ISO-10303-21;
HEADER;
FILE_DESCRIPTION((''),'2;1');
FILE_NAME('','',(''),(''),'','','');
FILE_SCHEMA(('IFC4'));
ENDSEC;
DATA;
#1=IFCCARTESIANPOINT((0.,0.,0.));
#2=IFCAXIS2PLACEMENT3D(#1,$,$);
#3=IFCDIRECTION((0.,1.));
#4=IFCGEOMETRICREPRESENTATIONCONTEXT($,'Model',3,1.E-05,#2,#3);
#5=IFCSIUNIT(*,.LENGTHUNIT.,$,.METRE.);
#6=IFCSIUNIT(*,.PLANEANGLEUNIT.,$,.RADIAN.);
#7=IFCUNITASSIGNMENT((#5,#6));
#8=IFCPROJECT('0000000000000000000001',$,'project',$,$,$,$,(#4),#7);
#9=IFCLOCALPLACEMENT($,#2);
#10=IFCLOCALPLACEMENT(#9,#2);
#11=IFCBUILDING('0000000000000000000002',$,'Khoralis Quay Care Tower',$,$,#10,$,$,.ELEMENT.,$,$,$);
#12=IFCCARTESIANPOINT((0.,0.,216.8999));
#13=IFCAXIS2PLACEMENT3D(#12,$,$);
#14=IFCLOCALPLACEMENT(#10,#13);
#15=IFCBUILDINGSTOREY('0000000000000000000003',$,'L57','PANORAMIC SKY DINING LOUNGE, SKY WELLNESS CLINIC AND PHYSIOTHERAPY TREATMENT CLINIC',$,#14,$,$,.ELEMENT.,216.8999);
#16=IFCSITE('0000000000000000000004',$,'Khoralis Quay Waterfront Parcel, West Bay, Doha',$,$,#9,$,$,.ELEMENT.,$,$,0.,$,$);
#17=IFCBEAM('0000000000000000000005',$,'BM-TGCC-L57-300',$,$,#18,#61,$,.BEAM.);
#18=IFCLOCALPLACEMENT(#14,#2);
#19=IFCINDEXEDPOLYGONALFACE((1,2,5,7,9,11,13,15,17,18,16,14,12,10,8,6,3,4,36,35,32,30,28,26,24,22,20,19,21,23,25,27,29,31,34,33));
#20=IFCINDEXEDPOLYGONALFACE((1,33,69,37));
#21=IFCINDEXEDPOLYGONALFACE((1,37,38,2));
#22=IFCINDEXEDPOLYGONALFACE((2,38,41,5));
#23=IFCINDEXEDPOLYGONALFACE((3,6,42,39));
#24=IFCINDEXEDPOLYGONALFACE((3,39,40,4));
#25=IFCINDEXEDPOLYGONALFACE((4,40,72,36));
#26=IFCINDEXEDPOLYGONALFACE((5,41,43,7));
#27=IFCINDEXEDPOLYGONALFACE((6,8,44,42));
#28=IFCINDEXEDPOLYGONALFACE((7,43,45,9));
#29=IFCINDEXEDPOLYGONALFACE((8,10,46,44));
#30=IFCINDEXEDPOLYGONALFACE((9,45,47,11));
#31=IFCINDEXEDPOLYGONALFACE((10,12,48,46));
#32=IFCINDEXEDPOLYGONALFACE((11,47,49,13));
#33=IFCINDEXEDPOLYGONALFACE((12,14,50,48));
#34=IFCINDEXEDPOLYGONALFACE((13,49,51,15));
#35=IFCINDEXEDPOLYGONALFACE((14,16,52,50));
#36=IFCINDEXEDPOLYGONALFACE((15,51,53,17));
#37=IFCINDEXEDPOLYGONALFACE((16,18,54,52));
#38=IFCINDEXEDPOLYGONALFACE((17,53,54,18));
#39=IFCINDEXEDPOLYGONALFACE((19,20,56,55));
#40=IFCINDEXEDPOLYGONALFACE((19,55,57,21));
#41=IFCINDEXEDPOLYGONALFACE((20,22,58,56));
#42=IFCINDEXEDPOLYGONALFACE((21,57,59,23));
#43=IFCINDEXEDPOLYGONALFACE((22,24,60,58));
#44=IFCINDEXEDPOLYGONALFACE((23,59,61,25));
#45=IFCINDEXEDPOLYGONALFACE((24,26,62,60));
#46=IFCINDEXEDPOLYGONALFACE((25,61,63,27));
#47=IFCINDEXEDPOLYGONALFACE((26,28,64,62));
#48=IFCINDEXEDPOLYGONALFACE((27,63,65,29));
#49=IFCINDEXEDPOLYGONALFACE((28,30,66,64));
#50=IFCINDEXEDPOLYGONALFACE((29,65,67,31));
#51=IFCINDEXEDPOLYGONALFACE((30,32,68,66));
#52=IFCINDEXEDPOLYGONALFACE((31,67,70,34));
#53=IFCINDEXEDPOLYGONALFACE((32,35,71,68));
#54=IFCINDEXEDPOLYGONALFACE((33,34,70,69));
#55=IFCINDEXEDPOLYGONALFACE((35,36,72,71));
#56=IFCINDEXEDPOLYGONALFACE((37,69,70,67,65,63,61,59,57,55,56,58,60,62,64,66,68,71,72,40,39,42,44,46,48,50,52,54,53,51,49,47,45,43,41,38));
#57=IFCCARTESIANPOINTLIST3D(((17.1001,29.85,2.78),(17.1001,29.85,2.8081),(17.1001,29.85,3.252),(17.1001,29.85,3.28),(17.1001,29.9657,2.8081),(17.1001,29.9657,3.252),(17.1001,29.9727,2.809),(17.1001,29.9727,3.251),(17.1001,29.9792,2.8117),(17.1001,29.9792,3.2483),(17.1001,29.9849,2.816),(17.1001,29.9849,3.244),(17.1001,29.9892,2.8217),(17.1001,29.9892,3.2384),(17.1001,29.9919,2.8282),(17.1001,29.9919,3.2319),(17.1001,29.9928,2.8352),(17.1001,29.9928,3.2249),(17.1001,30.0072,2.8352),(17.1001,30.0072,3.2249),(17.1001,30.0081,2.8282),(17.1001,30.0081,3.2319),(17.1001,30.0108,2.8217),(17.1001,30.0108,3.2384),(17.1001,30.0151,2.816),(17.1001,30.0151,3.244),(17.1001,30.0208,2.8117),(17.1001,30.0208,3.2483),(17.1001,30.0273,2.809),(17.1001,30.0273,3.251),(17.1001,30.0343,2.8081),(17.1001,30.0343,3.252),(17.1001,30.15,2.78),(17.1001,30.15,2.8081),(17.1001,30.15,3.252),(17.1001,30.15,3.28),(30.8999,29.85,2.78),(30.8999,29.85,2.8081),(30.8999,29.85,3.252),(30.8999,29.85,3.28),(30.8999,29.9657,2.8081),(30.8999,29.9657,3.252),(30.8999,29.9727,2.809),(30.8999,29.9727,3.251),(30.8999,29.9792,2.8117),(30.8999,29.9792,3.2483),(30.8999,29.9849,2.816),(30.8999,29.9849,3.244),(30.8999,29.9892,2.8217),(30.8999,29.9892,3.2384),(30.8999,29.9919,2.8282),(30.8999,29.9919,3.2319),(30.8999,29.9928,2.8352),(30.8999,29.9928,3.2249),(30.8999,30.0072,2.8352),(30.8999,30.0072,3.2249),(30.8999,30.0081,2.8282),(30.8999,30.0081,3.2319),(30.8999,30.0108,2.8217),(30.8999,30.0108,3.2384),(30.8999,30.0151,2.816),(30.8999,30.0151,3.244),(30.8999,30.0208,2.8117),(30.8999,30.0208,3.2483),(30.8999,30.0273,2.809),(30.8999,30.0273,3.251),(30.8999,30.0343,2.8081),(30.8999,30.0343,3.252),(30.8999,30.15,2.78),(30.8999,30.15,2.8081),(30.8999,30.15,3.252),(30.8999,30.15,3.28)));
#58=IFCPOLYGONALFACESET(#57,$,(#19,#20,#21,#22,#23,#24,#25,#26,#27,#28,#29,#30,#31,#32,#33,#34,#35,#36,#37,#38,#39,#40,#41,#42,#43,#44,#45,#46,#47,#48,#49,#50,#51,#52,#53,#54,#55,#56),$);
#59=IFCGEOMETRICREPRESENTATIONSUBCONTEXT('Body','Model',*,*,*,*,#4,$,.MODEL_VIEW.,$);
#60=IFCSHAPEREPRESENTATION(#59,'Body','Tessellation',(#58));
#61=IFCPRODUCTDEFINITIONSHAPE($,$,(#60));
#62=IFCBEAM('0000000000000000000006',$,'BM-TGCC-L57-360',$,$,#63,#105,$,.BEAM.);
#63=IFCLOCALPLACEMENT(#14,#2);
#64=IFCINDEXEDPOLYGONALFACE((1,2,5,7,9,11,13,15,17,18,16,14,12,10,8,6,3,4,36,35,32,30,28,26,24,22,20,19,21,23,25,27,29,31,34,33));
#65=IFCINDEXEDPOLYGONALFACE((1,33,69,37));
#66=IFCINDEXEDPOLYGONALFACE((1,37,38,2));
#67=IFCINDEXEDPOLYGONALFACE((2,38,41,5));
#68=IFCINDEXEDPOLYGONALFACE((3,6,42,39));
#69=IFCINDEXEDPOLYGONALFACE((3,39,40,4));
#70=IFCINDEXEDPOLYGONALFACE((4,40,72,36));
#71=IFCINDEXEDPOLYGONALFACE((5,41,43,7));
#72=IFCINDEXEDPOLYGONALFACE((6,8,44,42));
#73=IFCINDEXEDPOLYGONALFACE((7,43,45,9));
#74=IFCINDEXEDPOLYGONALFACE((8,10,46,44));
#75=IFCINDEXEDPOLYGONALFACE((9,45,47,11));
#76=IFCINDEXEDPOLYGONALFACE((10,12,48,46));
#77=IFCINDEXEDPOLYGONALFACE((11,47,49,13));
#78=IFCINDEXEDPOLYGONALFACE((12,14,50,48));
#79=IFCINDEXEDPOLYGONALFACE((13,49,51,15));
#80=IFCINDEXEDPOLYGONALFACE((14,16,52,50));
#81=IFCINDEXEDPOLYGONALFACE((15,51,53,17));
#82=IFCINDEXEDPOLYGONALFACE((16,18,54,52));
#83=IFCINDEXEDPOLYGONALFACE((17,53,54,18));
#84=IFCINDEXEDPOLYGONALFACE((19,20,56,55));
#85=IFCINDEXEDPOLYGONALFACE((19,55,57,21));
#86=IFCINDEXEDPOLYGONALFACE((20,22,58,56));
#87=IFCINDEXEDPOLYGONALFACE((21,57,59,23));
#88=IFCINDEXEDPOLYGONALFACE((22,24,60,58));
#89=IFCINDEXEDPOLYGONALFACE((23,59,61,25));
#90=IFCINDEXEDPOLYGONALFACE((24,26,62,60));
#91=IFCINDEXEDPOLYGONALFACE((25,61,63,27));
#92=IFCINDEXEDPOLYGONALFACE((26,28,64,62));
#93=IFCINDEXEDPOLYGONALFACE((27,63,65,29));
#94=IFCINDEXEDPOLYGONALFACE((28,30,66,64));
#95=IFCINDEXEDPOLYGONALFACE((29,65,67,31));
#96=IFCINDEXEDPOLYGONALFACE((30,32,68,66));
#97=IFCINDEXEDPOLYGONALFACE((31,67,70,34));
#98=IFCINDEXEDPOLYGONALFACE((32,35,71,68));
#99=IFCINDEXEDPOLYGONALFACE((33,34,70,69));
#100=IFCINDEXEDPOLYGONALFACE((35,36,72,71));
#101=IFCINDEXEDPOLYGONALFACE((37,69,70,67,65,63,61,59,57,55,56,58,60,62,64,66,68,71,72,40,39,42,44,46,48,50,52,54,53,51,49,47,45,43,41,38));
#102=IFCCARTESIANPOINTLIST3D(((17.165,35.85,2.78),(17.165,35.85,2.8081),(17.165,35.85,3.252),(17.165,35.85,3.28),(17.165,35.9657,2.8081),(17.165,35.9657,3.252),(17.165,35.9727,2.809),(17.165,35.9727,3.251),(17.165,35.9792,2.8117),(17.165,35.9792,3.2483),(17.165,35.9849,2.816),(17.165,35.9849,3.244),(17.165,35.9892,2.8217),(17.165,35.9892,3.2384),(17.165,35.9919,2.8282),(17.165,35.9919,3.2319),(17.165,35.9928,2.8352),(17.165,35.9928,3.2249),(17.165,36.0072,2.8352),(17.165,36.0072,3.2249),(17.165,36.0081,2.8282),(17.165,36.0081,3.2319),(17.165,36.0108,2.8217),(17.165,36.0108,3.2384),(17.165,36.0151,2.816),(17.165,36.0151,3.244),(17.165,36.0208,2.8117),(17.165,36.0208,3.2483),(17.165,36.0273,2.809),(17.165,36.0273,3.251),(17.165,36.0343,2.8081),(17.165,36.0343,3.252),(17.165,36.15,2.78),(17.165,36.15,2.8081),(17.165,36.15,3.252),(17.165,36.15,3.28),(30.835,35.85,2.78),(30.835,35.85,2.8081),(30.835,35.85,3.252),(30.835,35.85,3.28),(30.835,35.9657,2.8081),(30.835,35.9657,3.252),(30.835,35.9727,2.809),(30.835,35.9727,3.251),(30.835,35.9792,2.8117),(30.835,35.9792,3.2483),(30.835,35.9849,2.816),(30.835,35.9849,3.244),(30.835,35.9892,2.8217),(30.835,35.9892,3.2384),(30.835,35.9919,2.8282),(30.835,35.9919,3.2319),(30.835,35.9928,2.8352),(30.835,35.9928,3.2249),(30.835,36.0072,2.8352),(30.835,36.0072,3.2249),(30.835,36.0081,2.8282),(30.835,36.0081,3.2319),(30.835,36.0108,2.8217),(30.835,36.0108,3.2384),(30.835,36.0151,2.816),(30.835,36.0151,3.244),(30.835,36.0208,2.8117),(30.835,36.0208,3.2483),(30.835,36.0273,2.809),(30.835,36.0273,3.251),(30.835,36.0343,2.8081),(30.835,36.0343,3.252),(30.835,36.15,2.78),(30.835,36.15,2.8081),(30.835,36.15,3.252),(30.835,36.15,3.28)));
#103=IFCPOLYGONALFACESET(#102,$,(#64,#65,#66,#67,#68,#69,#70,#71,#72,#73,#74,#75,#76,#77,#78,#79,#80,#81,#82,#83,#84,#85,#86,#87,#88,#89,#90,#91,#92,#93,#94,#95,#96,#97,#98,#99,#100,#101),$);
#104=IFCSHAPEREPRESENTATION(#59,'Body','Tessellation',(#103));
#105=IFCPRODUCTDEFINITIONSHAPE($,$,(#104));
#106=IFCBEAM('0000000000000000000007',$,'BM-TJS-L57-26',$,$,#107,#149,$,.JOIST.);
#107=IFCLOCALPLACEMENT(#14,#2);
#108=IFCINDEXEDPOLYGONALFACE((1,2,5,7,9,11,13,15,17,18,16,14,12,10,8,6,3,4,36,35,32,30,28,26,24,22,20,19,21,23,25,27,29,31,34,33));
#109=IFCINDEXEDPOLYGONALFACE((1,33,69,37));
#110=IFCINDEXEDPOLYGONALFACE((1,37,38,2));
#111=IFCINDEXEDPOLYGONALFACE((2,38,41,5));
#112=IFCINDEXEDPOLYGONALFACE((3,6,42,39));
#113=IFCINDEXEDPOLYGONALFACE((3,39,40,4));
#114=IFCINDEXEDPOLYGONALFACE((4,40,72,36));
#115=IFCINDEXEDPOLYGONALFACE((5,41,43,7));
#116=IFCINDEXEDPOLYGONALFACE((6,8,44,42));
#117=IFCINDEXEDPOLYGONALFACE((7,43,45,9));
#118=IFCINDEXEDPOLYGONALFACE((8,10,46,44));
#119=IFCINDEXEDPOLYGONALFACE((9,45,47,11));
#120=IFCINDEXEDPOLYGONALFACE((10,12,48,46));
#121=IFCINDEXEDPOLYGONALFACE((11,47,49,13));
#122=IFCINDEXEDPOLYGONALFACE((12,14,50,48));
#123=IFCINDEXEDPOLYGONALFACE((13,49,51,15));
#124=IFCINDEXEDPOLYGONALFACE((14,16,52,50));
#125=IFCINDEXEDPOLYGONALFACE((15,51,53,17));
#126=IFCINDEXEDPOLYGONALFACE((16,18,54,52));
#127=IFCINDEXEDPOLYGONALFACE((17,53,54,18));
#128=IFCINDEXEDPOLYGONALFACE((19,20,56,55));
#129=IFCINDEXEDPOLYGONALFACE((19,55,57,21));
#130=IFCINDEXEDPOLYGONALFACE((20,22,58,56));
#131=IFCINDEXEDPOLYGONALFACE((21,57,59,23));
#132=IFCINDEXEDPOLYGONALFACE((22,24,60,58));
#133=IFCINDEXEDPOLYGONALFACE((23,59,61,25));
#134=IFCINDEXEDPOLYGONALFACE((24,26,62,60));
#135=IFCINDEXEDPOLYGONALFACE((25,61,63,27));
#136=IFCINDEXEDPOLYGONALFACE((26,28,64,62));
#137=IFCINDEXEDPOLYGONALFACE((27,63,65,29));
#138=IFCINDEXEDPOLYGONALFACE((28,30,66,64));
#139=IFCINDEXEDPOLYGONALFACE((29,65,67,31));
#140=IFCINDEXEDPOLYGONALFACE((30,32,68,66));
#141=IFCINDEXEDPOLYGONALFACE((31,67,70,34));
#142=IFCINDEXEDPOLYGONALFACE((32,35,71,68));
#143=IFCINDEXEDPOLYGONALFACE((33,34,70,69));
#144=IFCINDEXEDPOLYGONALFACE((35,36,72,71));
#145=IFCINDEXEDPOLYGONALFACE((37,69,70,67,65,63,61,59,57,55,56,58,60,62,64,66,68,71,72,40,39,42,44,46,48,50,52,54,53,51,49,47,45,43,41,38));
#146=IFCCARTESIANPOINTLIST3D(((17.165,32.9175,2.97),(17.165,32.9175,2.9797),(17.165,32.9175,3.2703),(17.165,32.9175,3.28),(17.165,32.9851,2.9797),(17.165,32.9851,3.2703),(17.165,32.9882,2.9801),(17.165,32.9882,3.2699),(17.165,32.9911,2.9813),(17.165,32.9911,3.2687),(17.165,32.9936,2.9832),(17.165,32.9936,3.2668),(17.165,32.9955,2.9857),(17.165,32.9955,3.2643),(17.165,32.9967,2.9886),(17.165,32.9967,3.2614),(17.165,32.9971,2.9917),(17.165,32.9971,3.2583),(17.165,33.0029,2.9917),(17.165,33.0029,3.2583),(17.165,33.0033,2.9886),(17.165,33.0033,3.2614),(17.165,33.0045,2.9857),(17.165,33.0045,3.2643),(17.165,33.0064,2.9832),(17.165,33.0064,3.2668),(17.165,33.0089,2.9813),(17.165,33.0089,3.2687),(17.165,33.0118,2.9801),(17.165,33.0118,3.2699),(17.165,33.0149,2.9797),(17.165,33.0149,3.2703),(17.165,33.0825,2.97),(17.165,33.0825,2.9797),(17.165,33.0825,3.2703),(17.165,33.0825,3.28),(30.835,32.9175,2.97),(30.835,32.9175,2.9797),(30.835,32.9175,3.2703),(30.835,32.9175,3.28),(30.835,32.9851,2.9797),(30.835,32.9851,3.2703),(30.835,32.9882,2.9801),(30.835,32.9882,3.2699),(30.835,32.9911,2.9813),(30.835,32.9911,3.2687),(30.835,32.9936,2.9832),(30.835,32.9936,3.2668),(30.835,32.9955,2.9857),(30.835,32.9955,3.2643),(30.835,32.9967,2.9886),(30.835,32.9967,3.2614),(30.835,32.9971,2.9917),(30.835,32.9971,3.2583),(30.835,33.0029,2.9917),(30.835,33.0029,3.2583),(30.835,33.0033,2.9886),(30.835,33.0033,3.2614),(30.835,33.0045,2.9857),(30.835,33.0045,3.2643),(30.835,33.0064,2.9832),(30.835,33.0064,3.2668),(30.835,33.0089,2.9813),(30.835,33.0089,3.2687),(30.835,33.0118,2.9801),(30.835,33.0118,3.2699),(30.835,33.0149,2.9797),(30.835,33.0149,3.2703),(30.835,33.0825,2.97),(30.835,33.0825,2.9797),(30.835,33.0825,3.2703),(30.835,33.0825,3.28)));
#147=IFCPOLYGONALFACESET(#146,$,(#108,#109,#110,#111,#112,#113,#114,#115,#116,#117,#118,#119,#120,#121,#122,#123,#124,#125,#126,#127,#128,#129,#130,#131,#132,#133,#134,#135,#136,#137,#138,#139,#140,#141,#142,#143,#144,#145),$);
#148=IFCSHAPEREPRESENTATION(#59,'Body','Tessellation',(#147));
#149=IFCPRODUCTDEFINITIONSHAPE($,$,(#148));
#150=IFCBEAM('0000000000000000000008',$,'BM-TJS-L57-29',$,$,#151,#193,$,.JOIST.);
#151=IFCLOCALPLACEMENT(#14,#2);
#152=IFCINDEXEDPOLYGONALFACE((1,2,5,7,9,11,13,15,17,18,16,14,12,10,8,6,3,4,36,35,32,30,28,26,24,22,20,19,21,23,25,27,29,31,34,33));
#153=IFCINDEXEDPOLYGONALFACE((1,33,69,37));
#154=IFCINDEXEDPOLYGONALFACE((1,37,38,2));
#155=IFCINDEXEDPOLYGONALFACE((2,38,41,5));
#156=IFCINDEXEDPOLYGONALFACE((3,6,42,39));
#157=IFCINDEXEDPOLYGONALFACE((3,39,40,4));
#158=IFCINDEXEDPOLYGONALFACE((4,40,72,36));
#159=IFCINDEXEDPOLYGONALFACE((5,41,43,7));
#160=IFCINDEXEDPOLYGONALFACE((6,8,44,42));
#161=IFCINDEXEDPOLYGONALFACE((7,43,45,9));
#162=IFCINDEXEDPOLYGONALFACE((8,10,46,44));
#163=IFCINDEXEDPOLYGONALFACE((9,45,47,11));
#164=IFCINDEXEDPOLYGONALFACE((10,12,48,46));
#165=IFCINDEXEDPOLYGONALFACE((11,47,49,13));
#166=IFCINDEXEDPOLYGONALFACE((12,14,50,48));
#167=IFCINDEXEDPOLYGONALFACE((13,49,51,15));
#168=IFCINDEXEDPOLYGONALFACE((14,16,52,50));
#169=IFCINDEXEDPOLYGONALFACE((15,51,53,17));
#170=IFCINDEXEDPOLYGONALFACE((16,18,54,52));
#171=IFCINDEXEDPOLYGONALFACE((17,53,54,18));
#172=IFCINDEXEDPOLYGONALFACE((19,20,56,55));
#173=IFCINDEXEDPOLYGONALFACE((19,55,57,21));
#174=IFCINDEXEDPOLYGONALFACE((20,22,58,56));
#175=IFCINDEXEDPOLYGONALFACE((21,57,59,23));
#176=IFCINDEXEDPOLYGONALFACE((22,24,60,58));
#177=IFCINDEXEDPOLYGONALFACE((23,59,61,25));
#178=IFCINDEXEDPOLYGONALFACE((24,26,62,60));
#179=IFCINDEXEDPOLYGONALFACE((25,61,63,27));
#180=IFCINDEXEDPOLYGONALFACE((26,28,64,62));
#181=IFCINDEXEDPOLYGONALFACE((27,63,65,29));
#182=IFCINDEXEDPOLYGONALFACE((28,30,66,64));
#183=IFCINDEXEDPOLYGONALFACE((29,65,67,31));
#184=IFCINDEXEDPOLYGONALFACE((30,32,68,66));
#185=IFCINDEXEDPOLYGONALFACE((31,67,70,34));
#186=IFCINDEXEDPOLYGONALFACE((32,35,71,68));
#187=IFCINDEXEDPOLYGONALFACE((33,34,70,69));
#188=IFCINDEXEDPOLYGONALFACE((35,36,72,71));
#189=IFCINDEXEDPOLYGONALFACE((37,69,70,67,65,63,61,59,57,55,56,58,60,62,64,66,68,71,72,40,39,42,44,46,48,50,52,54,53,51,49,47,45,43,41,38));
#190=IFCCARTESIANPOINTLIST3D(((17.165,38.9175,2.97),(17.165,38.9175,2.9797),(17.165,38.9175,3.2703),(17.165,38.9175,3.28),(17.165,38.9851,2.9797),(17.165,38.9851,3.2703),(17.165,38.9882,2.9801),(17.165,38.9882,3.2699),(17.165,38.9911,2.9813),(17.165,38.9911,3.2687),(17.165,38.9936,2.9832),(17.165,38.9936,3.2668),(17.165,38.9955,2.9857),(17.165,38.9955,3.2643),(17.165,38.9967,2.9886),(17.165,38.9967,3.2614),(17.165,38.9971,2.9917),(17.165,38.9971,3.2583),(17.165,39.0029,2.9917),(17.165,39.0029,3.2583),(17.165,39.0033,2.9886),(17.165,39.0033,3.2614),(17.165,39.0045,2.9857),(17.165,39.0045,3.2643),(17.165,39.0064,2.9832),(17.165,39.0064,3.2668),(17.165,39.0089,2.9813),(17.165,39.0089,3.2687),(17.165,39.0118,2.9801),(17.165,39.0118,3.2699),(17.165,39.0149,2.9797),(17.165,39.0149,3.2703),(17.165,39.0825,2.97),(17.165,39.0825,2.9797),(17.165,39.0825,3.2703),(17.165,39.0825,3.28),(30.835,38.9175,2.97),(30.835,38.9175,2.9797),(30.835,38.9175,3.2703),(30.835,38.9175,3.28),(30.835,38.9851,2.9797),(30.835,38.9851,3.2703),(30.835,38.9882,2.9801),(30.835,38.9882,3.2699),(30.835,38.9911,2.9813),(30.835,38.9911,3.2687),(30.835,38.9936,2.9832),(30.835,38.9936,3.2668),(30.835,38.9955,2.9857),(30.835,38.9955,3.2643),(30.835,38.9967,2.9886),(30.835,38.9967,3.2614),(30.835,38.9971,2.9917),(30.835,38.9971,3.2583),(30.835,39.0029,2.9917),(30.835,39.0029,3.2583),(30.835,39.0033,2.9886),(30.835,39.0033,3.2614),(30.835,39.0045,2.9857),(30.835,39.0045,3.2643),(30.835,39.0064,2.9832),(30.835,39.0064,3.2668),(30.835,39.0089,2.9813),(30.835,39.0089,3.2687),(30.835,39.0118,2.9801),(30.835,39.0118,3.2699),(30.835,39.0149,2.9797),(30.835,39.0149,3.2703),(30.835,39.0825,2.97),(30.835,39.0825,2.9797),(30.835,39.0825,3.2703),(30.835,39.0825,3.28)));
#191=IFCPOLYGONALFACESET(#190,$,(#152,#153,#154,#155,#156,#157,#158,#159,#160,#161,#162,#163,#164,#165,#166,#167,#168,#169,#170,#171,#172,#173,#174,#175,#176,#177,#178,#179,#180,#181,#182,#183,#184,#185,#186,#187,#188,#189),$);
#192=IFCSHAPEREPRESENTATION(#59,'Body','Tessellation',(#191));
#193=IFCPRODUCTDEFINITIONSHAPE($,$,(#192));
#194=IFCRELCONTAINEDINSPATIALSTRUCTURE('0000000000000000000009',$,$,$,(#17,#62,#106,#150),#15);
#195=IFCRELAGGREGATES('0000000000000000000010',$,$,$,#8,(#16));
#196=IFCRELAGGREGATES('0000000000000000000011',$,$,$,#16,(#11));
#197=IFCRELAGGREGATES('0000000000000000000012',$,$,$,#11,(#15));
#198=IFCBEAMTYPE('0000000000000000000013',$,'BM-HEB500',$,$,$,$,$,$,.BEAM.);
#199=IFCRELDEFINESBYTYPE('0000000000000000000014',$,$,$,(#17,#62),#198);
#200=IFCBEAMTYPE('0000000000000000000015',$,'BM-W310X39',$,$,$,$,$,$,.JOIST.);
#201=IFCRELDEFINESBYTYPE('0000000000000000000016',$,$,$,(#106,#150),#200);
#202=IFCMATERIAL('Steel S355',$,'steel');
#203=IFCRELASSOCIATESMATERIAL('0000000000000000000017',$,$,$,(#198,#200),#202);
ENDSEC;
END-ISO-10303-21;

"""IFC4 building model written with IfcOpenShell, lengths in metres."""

from ifc_helpers import new_model, si_unit, direction, frame, origin, origin_2d, place, context, subcontext, project, spatial, i_section, extrude, source, transform, mapped, material, material_profile, profile_set, type_object, element, save


model = new_model("IFC4")

# Units and contexts
model_context = context("Model", 3, precision=1e-05, world=origin(), true_north=direction((0.0, 1.0)))
body_context = subcontext(model_context, "Body", "Model", "MODEL_VIEW")
ifc_project = project(units=[si_unit("LENGTHUNIT", "METRE"), si_unit("PLANEANGLEUNIT", "RADIAN")], contexts=[model_context])

# Site, building, storey
site_placement = place(None, origin())
site = spatial("IfcSite", under=ifc_project, at=site_placement, Name="Khoralis Quay Waterfront Parcel, West Bay, Doha", CompositionType="ELEMENT", RefElevation=0.0)
building_placement = place(site_placement, origin())
building = spatial("IfcBuilding", under=site, at=building_placement, Name="Khoralis Quay Care Tower", CompositionType="ELEMENT")
storey_placement = place(building_placement, frame((0.0, 0.0, 216.8999)))
storey = spatial("IfcBuildingStorey", under=building, at=storey_placement, Name="L57", Description="PANORAMIC SKY DINING LOUNGE, SKY WELLNESS CLINIC AND PHYSIOTHERAPY TREATMENT CLINIC", CompositionType="ELEMENT", Elevation=216.8999)

# Beams
ifc_material_1 = material(Name="Steel S355", Category="steel")
ifc_material_profile_1 = material_profile(ifc_material_1, i_section(OverallWidth=0.3, OverallDepth=0.5, WebThickness=0.0144, FlangeThickness=0.0281, FilletRadius=0.0271, at=origin_2d()), Name="Steel S355")
ifc_profile_set_1 = profile_set([ifc_material_profile_1], Name="Steel S355")
beam_type_1 = type_object("IfcBeamType", Name="BM-HEB500", PredefinedType="BEAM", material=ifc_profile_set_1)
shared_shape_1 = source(origin(), body_context, "Body", "SweptSolid", [
    extrude(i_section(OverallWidth=0.3, OverallDepth=0.5, WebThickness=0.0144, FlangeThickness=0.0281, FilletRadius=0.0271, at=origin_2d()), origin(), (0.0, 0.0, 1.0), 13.7998),
])
beam_1_placement = place(storey_placement, frame((17.1001, 30.0, 3.03), z_axis=(1.0, 0.0, 0.0), x_axis=(0.0, 1.0, 0.0)))
element("IfcBeam", 1, at=beam_1_placement, inside=storey, type_object=beam_type_1, Name="BM-TGCC-L57-300", PredefinedType="BEAM", context=body_context, shape_type="MappedRepresentation", body=[
    mapped(shared_shape_1, transform((0.0, 0.0, 0.0), scale=1.0)),
])
shared_shape_2 = source(origin(), body_context, "Body", "SweptSolid", [
    extrude(i_section(OverallWidth=0.3, OverallDepth=0.5, WebThickness=0.0144, FlangeThickness=0.0281, FilletRadius=0.0271, at=origin_2d()), origin(), (0.0, 0.0, 1.0), 13.6699),
])
beam_2_placement = place(storey_placement, frame((17.165, 36.0, 3.03), z_axis=(1.0, 0.0, 0.0), x_axis=(0.0, 1.0, 0.0)))
element("IfcBeam", 2, at=beam_2_placement, inside=storey, type_object=beam_type_1, Name="BM-TGCC-L57-360", PredefinedType="BEAM", context=body_context, shape_type="MappedRepresentation", body=[
    mapped(shared_shape_2, transform((0.0, 0.0, 0.0), scale=1.0)),
])
ifc_material_profile_2 = material_profile(ifc_material_1, i_section(OverallWidth=0.165, OverallDepth=0.3101, WebThickness=0.0059, FlangeThickness=0.0098, FilletRadius=0.012, at=origin_2d()), Name="Steel S355")
ifc_profile_set_2 = profile_set([ifc_material_profile_2], Name="Steel S355")
beam_type_2 = type_object("IfcBeamType", Name="BM-W310X39", PredefinedType="JOIST", material=ifc_profile_set_2)
shared_shape_3 = source(origin(), body_context, "Body", "SweptSolid", [
    extrude(i_section(OverallWidth=0.165, OverallDepth=0.3101, WebThickness=0.0059, FlangeThickness=0.0098, FilletRadius=0.012, at=origin_2d()), origin(), (0.0, 0.0, 1.0), 13.6699),
])
for number, where, z_axis, x_axis, name in (
    (3, (17.165, 33.0, 3.125), (1.0, 0.0, 0.0), (0.0, 1.0, 0.0), "BM-TJS-L57-26"),
    (4, (17.165, 39.0, 3.125), (1.0, 0.0, 0.0), (0.0, 1.0, 0.0), "BM-TJS-L57-29"),
):
    element("IfcBeam", number, at=place(storey_placement, frame(where, z_axis=z_axis, x_axis=x_axis)), inside=storey, type_object=beam_type_2, Name=name, PredefinedType="JOIST", context=body_context, shape_type="MappedRepresentation", body=[
        mapped(shared_shape_3, transform((0.0, 0.0, 0.0), scale=1.0)),
    ])

save(model, "model.ifc")
